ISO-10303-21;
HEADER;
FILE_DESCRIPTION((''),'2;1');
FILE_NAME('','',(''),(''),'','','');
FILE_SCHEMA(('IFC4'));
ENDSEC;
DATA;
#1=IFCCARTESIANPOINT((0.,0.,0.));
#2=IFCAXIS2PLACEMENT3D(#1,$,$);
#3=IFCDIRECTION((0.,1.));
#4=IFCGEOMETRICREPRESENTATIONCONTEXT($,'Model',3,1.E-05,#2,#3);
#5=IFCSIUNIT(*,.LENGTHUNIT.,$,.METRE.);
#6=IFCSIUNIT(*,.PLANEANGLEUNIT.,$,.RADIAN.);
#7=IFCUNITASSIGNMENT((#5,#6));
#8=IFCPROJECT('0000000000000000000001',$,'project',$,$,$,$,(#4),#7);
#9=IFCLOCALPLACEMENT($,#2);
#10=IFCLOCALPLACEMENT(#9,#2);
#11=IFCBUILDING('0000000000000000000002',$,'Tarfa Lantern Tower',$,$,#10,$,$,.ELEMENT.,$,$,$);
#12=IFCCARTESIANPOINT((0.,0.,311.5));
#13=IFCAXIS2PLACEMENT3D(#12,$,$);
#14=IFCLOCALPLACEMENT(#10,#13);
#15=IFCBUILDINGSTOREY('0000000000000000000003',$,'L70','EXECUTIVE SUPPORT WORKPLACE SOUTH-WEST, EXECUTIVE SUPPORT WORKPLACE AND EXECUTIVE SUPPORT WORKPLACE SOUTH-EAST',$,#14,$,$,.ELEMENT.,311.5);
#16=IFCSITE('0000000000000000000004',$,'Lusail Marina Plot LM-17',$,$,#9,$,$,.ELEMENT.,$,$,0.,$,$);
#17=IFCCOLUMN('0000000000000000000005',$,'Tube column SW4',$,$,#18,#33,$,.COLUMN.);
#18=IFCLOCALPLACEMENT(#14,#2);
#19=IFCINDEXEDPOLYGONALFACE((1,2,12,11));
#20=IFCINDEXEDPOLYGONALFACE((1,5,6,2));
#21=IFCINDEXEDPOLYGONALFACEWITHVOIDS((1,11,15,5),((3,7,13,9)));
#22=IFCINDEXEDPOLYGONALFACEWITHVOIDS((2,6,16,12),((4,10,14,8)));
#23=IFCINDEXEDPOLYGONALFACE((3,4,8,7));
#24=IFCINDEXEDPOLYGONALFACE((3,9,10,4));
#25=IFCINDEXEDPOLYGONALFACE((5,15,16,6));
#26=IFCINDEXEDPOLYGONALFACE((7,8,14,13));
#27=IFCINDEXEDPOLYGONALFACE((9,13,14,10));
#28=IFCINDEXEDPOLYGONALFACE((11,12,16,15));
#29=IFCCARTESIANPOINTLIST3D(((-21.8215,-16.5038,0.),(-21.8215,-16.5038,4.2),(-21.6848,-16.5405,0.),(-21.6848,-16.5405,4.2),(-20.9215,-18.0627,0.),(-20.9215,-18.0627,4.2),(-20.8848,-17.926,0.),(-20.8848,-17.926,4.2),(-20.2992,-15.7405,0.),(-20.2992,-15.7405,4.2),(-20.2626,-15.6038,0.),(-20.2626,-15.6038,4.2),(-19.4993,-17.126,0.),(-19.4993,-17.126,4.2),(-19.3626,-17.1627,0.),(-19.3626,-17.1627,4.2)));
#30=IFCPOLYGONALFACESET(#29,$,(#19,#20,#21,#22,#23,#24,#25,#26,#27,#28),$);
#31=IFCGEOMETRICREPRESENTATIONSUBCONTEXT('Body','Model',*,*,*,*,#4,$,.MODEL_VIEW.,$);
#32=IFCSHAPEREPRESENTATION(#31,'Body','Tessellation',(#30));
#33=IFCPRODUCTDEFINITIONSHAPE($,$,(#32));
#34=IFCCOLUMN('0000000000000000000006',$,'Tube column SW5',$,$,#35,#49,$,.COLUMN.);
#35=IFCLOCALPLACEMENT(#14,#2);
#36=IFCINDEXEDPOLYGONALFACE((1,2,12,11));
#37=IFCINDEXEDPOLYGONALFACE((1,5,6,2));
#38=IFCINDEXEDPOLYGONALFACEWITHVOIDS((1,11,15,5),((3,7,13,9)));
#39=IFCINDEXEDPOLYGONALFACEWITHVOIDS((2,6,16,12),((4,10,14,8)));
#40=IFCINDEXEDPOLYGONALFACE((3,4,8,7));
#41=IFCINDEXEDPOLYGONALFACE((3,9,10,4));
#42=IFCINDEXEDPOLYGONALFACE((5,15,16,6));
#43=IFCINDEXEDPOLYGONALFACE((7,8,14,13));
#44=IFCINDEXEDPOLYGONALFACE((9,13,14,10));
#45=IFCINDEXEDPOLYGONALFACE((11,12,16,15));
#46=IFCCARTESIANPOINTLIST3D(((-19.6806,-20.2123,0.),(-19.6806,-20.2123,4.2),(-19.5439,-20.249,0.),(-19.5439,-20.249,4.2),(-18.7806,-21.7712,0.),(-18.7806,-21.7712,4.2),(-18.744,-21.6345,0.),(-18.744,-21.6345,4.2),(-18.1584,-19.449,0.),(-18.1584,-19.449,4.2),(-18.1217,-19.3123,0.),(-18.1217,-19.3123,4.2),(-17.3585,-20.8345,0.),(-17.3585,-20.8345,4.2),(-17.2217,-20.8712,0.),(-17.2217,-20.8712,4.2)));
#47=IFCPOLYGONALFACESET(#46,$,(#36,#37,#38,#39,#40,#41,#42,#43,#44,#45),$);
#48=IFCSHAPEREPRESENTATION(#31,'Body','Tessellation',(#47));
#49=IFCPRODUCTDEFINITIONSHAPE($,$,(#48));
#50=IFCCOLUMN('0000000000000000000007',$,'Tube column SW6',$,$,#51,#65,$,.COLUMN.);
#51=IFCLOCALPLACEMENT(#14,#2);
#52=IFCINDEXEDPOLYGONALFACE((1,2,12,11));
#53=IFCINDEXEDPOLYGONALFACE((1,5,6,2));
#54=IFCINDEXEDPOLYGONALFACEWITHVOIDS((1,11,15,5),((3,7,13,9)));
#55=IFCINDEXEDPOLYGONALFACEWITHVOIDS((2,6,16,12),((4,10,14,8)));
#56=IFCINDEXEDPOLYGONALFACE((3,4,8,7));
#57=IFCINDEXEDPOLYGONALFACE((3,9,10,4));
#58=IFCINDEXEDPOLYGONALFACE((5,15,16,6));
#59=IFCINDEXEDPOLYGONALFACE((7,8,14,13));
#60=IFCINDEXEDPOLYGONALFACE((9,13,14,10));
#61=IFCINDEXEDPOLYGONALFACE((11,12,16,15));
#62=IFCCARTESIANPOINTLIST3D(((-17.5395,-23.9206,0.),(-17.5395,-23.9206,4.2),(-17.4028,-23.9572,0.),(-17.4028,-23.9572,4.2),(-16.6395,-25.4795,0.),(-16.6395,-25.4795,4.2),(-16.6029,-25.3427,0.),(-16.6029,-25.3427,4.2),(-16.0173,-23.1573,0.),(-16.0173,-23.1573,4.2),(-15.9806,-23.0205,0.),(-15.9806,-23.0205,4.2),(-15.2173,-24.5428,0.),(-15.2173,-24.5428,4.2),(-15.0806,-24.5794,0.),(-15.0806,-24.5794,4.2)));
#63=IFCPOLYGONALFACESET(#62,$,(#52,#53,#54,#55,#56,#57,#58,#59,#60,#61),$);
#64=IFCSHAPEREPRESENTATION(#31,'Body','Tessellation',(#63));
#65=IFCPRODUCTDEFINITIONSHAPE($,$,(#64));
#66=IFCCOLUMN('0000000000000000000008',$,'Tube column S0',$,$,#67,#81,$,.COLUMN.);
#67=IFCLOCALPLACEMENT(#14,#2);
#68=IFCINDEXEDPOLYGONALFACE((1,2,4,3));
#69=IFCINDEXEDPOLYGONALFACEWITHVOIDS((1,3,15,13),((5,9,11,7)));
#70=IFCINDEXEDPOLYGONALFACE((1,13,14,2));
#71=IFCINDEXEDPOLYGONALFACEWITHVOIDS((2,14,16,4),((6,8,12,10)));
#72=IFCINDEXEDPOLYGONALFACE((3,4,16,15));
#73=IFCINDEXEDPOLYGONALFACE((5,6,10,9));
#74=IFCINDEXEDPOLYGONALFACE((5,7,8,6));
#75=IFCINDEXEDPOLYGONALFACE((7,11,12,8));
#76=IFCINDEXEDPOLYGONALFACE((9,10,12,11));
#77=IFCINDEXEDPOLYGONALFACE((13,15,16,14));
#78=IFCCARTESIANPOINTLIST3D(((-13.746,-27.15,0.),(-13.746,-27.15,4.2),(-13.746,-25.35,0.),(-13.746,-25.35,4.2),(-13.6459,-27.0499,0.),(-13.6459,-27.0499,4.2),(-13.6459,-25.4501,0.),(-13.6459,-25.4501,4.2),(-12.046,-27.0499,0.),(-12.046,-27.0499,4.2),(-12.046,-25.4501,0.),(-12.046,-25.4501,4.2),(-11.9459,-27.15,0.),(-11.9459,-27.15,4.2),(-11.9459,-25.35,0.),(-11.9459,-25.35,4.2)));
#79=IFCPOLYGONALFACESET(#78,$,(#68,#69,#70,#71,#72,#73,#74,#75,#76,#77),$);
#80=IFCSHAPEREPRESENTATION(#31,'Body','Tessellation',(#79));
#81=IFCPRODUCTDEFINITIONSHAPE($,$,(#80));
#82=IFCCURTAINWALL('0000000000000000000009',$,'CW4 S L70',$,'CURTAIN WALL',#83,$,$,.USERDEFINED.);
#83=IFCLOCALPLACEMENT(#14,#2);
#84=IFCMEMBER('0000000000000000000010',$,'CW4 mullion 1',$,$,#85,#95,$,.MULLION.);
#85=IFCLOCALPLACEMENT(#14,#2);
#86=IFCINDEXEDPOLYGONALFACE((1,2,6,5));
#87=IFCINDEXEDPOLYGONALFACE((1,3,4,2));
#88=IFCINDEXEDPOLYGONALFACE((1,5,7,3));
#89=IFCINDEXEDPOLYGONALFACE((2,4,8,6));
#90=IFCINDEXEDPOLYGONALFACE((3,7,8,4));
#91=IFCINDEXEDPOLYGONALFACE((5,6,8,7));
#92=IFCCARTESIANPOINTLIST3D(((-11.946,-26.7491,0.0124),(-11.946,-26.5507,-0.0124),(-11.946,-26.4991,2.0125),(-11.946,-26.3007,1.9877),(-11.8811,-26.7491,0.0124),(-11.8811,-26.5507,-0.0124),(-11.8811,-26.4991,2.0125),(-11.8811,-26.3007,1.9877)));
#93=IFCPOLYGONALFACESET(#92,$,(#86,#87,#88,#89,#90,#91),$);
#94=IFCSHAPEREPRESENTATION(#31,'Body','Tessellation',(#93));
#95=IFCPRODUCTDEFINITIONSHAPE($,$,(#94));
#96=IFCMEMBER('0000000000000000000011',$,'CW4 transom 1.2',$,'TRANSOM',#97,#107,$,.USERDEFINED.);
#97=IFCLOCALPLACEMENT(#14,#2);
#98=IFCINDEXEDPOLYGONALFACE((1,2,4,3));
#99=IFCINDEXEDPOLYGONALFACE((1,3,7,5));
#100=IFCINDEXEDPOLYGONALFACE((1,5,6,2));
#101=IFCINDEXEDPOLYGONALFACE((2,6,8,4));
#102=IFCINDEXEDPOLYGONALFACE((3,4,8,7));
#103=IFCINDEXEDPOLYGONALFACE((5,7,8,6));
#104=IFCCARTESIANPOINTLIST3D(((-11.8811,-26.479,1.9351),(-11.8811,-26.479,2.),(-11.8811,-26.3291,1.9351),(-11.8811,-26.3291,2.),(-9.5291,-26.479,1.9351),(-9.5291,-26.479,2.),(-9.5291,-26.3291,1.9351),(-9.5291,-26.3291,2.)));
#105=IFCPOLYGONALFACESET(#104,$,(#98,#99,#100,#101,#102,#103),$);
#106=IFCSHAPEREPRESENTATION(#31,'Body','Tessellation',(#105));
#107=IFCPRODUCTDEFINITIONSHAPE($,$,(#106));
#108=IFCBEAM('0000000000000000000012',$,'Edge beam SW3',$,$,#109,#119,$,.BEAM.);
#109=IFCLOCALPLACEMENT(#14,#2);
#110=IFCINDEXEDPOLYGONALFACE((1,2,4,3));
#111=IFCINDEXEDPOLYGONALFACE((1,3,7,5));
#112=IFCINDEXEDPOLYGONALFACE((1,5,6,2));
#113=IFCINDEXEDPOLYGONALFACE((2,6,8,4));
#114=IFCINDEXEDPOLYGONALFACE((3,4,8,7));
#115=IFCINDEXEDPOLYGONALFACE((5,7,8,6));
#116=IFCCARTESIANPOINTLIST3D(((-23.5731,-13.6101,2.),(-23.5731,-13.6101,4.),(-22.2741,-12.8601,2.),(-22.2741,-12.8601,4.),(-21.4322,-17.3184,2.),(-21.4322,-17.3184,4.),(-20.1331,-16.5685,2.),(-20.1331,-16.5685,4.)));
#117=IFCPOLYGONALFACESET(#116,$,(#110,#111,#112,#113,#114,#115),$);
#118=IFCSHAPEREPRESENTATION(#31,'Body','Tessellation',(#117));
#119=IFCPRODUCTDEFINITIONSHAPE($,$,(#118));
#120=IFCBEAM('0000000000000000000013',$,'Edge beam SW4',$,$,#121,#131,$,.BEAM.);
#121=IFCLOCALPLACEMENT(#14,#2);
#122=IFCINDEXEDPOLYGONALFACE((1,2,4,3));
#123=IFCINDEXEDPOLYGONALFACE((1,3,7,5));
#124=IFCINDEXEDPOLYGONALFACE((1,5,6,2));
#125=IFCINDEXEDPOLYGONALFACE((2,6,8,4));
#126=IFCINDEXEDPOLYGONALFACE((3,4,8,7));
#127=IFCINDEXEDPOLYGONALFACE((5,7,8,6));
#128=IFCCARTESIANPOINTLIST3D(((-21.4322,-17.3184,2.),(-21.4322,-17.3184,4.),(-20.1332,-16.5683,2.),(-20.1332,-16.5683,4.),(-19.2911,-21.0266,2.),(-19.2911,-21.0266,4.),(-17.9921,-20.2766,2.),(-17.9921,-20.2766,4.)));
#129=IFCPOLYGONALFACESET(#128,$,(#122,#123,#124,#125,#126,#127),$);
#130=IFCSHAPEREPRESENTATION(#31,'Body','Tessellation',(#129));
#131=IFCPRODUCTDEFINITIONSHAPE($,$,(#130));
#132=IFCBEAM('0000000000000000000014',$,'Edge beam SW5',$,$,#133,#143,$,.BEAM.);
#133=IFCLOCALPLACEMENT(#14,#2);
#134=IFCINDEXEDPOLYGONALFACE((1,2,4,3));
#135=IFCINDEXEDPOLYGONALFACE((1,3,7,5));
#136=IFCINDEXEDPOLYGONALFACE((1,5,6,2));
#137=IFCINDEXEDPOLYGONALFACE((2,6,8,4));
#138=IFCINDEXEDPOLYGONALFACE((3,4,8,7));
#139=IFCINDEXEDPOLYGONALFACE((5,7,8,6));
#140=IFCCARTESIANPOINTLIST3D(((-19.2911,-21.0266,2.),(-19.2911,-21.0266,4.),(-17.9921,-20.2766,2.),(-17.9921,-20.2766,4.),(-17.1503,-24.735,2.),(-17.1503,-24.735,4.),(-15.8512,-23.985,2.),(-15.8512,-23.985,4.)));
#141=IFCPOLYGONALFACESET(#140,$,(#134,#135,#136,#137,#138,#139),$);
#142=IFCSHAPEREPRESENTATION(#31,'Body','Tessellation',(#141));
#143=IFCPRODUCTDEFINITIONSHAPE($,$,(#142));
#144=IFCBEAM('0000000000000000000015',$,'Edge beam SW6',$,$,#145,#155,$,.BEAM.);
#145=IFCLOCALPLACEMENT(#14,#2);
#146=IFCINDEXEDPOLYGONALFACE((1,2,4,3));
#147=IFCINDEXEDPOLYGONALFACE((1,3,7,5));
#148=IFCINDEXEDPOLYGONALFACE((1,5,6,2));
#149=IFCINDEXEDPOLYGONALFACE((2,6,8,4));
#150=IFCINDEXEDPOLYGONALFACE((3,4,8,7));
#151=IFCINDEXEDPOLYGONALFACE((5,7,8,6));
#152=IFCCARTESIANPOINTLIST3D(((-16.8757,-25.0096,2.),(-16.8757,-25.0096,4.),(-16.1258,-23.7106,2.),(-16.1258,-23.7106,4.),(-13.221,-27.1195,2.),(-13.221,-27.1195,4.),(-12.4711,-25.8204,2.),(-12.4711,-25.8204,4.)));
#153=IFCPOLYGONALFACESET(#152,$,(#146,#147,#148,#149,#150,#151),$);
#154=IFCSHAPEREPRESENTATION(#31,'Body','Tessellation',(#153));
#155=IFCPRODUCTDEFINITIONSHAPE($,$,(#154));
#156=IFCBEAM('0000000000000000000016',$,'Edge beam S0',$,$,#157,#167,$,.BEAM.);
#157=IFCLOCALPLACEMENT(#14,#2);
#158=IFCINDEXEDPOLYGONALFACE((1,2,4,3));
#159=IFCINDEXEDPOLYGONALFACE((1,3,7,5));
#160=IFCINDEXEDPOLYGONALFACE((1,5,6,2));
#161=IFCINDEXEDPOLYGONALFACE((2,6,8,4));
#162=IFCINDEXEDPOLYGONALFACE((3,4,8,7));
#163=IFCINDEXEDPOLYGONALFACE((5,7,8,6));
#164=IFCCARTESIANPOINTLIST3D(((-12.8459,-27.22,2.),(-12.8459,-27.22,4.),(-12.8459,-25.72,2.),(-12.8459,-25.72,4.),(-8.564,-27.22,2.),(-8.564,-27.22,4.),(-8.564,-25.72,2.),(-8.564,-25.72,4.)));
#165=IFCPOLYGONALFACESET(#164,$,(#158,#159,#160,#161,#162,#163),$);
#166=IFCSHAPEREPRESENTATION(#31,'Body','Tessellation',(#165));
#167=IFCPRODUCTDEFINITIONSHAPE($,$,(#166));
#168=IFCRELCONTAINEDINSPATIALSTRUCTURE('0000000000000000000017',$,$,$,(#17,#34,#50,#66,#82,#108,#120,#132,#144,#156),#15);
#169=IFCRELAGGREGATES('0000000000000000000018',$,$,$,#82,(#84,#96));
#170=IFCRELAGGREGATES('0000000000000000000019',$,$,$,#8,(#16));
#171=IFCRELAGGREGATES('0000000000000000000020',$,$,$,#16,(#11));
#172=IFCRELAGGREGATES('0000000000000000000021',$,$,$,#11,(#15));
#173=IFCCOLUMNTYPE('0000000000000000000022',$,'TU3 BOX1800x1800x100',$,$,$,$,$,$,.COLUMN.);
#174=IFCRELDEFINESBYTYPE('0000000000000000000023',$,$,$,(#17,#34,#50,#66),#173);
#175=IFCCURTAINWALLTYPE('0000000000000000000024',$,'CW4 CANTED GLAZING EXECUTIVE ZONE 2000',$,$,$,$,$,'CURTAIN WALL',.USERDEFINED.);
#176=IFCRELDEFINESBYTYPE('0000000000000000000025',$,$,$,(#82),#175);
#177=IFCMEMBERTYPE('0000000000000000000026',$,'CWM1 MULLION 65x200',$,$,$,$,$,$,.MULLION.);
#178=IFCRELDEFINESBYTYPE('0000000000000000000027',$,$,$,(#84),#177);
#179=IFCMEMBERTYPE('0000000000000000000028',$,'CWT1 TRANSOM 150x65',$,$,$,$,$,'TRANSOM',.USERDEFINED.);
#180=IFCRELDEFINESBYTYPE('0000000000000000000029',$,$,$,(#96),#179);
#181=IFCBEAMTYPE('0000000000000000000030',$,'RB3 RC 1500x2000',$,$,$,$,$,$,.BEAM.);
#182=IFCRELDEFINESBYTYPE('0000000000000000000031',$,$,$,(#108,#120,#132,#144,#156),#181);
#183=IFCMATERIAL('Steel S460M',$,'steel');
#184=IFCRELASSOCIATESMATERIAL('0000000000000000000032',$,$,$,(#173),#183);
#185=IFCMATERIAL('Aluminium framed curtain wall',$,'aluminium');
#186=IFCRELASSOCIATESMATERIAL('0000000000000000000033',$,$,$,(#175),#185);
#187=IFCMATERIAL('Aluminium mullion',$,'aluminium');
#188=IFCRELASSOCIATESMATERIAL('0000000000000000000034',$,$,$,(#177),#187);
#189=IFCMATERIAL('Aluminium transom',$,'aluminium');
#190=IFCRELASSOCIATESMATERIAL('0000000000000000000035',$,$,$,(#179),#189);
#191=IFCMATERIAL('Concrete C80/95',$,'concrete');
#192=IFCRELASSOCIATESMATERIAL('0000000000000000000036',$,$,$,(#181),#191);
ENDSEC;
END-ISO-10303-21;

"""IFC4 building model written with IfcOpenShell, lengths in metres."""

from ifc_helpers import new_model, si_unit, direction, frame, origin, origin_2d, place, context, subcontext, project, spatial, rectangle, hollow_rectangle, extrude, material, material_profile, profile_set, type_object, element, aggregate, save


model = new_model("IFC4")

# Units and contexts
model_context = context("Model", 3, precision=1e-05, world=origin(), true_north=direction((0.0, 1.0)))
body_context = subcontext(model_context, "Body", "Model", "MODEL_VIEW")
ifc_project = project(units=[si_unit("LENGTHUNIT", "METRE"), si_unit("PLANEANGLEUNIT", "RADIAN")], contexts=[model_context])

# Site, building, storey
site_placement = place(None, origin())
site = spatial("IfcSite", under=ifc_project, at=site_placement, Name="Lusail Marina Plot LM-17", CompositionType="ELEMENT", RefElevation=0.0)
building_placement = place(site_placement, origin())
building = spatial("IfcBuilding", under=site, at=building_placement, Name="Tarfa Lantern Tower", CompositionType="ELEMENT")
storey_placement = place(building_placement, frame((0.0, 0.0, 311.5)))
storey = spatial("IfcBuildingStorey", under=building, at=storey_placement, Name="L70", Description="EXECUTIVE SUPPORT WORKPLACE SOUTH-WEST, EXECUTIVE SUPPORT WORKPLACE AND EXECUTIVE SUPPORT WORKPLACE SOUTH-EAST", CompositionType="ELEMENT", Elevation=311.5)

# Columns
ifc_material_1 = material(Name="Steel S460M", Category="steel")
ifc_material_profile_1 = material_profile(ifc_material_1, hollow_rectangle(XDim=1.8, YDim=1.8, WallThickness=0.1001, at=origin_2d()), Name="BOX1800x1800x100")
ifc_profile_set_1 = profile_set([ifc_material_profile_1], Name="Steel S460M")
column_type = type_object("IfcColumnType", Name="TU3 BOX1800x1800x100", PredefinedType="COLUMN", material=ifc_profile_set_1)
for number, where, z_axis, x_axis, name in (
    (1, (-20.592, -16.8333, 0.0), (0.0, 0.0, 1.0), (0.5, -0.866025, 0.0), "Tube column SW4"),
    (2, (-18.4512, -20.5417, 0.0), (0.0, 0.0, 1.0), (0.5, -0.866025, 0.0), "Tube column SW5"),
    (3, (-16.3101, -24.25, 0.0), (0.0, 0.0, 1.0), (0.5, -0.866025, 0.0), "Tube column SW6"),
    (4, (-12.8459, -26.25, 0.0), (0.0, 0.0, 1.0), (1.0, 0.0, 0.0), "Tube column S0"),
):
    element("IfcColumn", number, at=place(storey_placement, frame(where, z_axis=z_axis, x_axis=x_axis)), inside=storey, type_object=column_type, Name=name, PredefinedType="COLUMN", context=body_context, shape_type="SweptSolid", body=[
        extrude(hollow_rectangle(XDim=1.8, YDim=1.8, WallThickness=0.1001, at=origin_2d()), origin(), (0.0, 0.0, 1.0), 4.2),
    ])

# Curtain wall, members
ifc_material_2 = material(Name="Aluminium framed curtain wall", Category="aluminium")
curtain_wall_type = type_object("IfcCurtainWallType", Name="CW4 CANTED GLAZING EXECUTIVE ZONE 2000", ElementType="CURTAIN WALL", PredefinedType="USERDEFINED", material=ifc_material_2)
curtain_wall_placement = place(storey_placement, origin())
curtain_wall = element("IfcCurtainWall", 5, at=curtain_wall_placement, inside=storey, type_object=curtain_wall_type, Name="CW4 S L70", ObjectType="CURTAIN WALL", PredefinedType="USERDEFINED")
ifc_material_3 = material(Name="Aluminium mullion", Category="aluminium")
ifc_material_profile_2 = material_profile(ifc_material_3, rectangle(XDim=0.0649, YDim=0.2, at=origin_2d()), Name="AL MULLION 65x200")
ifc_profile_set_2 = profile_set([ifc_material_profile_2], Name="Aluminium mullion")
member_type_1 = type_object("IfcMemberType", Name="CWM1 MULLION 65x200", PredefinedType="MULLION", material=ifc_profile_set_2)
member_1_placement = place(storey_placement, frame((-11.9136, -26.6499, 0.0), z_axis=(0.0, 0.124035, 0.992278), x_axis=(-1.0, 0.0, 0.0)))
member_1 = element("IfcMember", 6, at=member_1_placement, type_object=member_type_1, Name="CW4 mullion 1", PredefinedType="MULLION", context=body_context, shape_type="SweptSolid", body=[
    extrude(rectangle(XDim=0.0649, YDim=0.2, at=origin_2d()), origin(), (0.0, 0.0, 1.0), 2.0156),
])
ifc_material_4 = material(Name="Aluminium transom", Category="aluminium")
ifc_material_profile_3 = material_profile(ifc_material_4, rectangle(XDim=0.1499, YDim=0.0649, at=origin_2d()), Name="AL TRANSOM 150x65")
ifc_profile_set_3 = profile_set([ifc_material_profile_3], Name="Aluminium transom")
member_type_2 = type_object("IfcMemberType", Name="CWT1 TRANSOM 150x65", ElementType="TRANSOM", PredefinedType="USERDEFINED", material=ifc_profile_set_3)
member_2_placement = place(storey_placement, frame((-11.8811, -26.4041, 1.9675), z_axis=(1.0, 0.0, 0.0), x_axis=(0.0, 1.0, 0.0)))
member_2 = element("IfcMember", 7, at=member_2_placement, type_object=member_type_2, Name="CW4 transom 1.2", ObjectType="TRANSOM", PredefinedType="USERDEFINED", context=body_context, shape_type="SweptSolid", body=[
    extrude(rectangle(XDim=0.1499, YDim=0.0649, at=origin_2d()), origin(), (0.0, 0.0, 1.0), 2.3521),
])

# Beams
ifc_material_5 = material(Name="Concrete C80/95", Category="concrete")
ifc_material_profile_4 = material_profile(ifc_material_5, rectangle(XDim=1.5, YDim=2.0, at=origin_2d()), Name="RC 1500x2000")
ifc_profile_set_4 = profile_set([ifc_material_profile_4], Name="Concrete C80/95")
beam_type_1 = type_object("IfcBeamType", Name="RB3 RC 1500x2000", PredefinedType="BEAM", material=ifc_profile_set_4)
for number, where, z_axis, x_axis, name in (
    (8, (-22.9236, -13.2351, 3.0), (0.499984, -0.866035, 0.0), (0.866035, 0.499984, 0.0), "Edge beam SW3"),
    (9, (-20.7827, -16.9434, 3.0), (0.500027, -0.86601, 0.0), (0.86601, 0.500027, 0.0), "Edge beam SW4"),
    (10, (-18.6416, -20.6516, 3.0), (0.499959, -0.866049, 0.0), (0.866049, 0.499959, 0.0), "Edge beam SW5"),
):
    element("IfcBeam", number, at=place(storey_placement, frame(where, z_axis=z_axis, x_axis=x_axis)), inside=storey, type_object=beam_type_1, Name=name, PredefinedType="BEAM", context=body_context, shape_type="SweptSolid", body=[
        extrude(rectangle(XDim=1.5, YDim=2.0, at=origin_2d()), origin(), (0.0, 0.0, 1.0), 4.282),
    ])
beam_1_placement = place(storey_placement, frame((-16.5007, -24.3601, 3.0), z_axis=(0.866049, -0.499959, 0.0), x_axis=(0.499959, 0.866049, 0.0)))
element("IfcBeam", 11, at=beam_1_placement, inside=storey, type_object=beam_type_1, Name="Edge beam SW6", PredefinedType="BEAM", context=body_context, shape_type="SweptSolid", body=[
    extrude(rectangle(XDim=1.5, YDim=2.0, at=origin_2d()), origin(), (0.0, 0.0, 1.0), 4.22),
])
beam_2_placement = place(storey_placement, frame((-12.8459, -26.47, 3.0), z_axis=(1.0, 0.0, 0.0), x_axis=(0.0, 1.0, 0.0)))
element("IfcBeam", 12, at=beam_2_placement, inside=storey, type_object=beam_type_1, Name="Edge beam S0", PredefinedType="BEAM", context=body_context, shape_type="SweptSolid", body=[
    extrude(rectangle(XDim=1.5, YDim=2.0, at=origin_2d()), origin(), (0.0, 0.0, 1.0), 4.282),
])

aggregate(curtain_wall, [member_1, member_2])

save(model, "model.ifc")
